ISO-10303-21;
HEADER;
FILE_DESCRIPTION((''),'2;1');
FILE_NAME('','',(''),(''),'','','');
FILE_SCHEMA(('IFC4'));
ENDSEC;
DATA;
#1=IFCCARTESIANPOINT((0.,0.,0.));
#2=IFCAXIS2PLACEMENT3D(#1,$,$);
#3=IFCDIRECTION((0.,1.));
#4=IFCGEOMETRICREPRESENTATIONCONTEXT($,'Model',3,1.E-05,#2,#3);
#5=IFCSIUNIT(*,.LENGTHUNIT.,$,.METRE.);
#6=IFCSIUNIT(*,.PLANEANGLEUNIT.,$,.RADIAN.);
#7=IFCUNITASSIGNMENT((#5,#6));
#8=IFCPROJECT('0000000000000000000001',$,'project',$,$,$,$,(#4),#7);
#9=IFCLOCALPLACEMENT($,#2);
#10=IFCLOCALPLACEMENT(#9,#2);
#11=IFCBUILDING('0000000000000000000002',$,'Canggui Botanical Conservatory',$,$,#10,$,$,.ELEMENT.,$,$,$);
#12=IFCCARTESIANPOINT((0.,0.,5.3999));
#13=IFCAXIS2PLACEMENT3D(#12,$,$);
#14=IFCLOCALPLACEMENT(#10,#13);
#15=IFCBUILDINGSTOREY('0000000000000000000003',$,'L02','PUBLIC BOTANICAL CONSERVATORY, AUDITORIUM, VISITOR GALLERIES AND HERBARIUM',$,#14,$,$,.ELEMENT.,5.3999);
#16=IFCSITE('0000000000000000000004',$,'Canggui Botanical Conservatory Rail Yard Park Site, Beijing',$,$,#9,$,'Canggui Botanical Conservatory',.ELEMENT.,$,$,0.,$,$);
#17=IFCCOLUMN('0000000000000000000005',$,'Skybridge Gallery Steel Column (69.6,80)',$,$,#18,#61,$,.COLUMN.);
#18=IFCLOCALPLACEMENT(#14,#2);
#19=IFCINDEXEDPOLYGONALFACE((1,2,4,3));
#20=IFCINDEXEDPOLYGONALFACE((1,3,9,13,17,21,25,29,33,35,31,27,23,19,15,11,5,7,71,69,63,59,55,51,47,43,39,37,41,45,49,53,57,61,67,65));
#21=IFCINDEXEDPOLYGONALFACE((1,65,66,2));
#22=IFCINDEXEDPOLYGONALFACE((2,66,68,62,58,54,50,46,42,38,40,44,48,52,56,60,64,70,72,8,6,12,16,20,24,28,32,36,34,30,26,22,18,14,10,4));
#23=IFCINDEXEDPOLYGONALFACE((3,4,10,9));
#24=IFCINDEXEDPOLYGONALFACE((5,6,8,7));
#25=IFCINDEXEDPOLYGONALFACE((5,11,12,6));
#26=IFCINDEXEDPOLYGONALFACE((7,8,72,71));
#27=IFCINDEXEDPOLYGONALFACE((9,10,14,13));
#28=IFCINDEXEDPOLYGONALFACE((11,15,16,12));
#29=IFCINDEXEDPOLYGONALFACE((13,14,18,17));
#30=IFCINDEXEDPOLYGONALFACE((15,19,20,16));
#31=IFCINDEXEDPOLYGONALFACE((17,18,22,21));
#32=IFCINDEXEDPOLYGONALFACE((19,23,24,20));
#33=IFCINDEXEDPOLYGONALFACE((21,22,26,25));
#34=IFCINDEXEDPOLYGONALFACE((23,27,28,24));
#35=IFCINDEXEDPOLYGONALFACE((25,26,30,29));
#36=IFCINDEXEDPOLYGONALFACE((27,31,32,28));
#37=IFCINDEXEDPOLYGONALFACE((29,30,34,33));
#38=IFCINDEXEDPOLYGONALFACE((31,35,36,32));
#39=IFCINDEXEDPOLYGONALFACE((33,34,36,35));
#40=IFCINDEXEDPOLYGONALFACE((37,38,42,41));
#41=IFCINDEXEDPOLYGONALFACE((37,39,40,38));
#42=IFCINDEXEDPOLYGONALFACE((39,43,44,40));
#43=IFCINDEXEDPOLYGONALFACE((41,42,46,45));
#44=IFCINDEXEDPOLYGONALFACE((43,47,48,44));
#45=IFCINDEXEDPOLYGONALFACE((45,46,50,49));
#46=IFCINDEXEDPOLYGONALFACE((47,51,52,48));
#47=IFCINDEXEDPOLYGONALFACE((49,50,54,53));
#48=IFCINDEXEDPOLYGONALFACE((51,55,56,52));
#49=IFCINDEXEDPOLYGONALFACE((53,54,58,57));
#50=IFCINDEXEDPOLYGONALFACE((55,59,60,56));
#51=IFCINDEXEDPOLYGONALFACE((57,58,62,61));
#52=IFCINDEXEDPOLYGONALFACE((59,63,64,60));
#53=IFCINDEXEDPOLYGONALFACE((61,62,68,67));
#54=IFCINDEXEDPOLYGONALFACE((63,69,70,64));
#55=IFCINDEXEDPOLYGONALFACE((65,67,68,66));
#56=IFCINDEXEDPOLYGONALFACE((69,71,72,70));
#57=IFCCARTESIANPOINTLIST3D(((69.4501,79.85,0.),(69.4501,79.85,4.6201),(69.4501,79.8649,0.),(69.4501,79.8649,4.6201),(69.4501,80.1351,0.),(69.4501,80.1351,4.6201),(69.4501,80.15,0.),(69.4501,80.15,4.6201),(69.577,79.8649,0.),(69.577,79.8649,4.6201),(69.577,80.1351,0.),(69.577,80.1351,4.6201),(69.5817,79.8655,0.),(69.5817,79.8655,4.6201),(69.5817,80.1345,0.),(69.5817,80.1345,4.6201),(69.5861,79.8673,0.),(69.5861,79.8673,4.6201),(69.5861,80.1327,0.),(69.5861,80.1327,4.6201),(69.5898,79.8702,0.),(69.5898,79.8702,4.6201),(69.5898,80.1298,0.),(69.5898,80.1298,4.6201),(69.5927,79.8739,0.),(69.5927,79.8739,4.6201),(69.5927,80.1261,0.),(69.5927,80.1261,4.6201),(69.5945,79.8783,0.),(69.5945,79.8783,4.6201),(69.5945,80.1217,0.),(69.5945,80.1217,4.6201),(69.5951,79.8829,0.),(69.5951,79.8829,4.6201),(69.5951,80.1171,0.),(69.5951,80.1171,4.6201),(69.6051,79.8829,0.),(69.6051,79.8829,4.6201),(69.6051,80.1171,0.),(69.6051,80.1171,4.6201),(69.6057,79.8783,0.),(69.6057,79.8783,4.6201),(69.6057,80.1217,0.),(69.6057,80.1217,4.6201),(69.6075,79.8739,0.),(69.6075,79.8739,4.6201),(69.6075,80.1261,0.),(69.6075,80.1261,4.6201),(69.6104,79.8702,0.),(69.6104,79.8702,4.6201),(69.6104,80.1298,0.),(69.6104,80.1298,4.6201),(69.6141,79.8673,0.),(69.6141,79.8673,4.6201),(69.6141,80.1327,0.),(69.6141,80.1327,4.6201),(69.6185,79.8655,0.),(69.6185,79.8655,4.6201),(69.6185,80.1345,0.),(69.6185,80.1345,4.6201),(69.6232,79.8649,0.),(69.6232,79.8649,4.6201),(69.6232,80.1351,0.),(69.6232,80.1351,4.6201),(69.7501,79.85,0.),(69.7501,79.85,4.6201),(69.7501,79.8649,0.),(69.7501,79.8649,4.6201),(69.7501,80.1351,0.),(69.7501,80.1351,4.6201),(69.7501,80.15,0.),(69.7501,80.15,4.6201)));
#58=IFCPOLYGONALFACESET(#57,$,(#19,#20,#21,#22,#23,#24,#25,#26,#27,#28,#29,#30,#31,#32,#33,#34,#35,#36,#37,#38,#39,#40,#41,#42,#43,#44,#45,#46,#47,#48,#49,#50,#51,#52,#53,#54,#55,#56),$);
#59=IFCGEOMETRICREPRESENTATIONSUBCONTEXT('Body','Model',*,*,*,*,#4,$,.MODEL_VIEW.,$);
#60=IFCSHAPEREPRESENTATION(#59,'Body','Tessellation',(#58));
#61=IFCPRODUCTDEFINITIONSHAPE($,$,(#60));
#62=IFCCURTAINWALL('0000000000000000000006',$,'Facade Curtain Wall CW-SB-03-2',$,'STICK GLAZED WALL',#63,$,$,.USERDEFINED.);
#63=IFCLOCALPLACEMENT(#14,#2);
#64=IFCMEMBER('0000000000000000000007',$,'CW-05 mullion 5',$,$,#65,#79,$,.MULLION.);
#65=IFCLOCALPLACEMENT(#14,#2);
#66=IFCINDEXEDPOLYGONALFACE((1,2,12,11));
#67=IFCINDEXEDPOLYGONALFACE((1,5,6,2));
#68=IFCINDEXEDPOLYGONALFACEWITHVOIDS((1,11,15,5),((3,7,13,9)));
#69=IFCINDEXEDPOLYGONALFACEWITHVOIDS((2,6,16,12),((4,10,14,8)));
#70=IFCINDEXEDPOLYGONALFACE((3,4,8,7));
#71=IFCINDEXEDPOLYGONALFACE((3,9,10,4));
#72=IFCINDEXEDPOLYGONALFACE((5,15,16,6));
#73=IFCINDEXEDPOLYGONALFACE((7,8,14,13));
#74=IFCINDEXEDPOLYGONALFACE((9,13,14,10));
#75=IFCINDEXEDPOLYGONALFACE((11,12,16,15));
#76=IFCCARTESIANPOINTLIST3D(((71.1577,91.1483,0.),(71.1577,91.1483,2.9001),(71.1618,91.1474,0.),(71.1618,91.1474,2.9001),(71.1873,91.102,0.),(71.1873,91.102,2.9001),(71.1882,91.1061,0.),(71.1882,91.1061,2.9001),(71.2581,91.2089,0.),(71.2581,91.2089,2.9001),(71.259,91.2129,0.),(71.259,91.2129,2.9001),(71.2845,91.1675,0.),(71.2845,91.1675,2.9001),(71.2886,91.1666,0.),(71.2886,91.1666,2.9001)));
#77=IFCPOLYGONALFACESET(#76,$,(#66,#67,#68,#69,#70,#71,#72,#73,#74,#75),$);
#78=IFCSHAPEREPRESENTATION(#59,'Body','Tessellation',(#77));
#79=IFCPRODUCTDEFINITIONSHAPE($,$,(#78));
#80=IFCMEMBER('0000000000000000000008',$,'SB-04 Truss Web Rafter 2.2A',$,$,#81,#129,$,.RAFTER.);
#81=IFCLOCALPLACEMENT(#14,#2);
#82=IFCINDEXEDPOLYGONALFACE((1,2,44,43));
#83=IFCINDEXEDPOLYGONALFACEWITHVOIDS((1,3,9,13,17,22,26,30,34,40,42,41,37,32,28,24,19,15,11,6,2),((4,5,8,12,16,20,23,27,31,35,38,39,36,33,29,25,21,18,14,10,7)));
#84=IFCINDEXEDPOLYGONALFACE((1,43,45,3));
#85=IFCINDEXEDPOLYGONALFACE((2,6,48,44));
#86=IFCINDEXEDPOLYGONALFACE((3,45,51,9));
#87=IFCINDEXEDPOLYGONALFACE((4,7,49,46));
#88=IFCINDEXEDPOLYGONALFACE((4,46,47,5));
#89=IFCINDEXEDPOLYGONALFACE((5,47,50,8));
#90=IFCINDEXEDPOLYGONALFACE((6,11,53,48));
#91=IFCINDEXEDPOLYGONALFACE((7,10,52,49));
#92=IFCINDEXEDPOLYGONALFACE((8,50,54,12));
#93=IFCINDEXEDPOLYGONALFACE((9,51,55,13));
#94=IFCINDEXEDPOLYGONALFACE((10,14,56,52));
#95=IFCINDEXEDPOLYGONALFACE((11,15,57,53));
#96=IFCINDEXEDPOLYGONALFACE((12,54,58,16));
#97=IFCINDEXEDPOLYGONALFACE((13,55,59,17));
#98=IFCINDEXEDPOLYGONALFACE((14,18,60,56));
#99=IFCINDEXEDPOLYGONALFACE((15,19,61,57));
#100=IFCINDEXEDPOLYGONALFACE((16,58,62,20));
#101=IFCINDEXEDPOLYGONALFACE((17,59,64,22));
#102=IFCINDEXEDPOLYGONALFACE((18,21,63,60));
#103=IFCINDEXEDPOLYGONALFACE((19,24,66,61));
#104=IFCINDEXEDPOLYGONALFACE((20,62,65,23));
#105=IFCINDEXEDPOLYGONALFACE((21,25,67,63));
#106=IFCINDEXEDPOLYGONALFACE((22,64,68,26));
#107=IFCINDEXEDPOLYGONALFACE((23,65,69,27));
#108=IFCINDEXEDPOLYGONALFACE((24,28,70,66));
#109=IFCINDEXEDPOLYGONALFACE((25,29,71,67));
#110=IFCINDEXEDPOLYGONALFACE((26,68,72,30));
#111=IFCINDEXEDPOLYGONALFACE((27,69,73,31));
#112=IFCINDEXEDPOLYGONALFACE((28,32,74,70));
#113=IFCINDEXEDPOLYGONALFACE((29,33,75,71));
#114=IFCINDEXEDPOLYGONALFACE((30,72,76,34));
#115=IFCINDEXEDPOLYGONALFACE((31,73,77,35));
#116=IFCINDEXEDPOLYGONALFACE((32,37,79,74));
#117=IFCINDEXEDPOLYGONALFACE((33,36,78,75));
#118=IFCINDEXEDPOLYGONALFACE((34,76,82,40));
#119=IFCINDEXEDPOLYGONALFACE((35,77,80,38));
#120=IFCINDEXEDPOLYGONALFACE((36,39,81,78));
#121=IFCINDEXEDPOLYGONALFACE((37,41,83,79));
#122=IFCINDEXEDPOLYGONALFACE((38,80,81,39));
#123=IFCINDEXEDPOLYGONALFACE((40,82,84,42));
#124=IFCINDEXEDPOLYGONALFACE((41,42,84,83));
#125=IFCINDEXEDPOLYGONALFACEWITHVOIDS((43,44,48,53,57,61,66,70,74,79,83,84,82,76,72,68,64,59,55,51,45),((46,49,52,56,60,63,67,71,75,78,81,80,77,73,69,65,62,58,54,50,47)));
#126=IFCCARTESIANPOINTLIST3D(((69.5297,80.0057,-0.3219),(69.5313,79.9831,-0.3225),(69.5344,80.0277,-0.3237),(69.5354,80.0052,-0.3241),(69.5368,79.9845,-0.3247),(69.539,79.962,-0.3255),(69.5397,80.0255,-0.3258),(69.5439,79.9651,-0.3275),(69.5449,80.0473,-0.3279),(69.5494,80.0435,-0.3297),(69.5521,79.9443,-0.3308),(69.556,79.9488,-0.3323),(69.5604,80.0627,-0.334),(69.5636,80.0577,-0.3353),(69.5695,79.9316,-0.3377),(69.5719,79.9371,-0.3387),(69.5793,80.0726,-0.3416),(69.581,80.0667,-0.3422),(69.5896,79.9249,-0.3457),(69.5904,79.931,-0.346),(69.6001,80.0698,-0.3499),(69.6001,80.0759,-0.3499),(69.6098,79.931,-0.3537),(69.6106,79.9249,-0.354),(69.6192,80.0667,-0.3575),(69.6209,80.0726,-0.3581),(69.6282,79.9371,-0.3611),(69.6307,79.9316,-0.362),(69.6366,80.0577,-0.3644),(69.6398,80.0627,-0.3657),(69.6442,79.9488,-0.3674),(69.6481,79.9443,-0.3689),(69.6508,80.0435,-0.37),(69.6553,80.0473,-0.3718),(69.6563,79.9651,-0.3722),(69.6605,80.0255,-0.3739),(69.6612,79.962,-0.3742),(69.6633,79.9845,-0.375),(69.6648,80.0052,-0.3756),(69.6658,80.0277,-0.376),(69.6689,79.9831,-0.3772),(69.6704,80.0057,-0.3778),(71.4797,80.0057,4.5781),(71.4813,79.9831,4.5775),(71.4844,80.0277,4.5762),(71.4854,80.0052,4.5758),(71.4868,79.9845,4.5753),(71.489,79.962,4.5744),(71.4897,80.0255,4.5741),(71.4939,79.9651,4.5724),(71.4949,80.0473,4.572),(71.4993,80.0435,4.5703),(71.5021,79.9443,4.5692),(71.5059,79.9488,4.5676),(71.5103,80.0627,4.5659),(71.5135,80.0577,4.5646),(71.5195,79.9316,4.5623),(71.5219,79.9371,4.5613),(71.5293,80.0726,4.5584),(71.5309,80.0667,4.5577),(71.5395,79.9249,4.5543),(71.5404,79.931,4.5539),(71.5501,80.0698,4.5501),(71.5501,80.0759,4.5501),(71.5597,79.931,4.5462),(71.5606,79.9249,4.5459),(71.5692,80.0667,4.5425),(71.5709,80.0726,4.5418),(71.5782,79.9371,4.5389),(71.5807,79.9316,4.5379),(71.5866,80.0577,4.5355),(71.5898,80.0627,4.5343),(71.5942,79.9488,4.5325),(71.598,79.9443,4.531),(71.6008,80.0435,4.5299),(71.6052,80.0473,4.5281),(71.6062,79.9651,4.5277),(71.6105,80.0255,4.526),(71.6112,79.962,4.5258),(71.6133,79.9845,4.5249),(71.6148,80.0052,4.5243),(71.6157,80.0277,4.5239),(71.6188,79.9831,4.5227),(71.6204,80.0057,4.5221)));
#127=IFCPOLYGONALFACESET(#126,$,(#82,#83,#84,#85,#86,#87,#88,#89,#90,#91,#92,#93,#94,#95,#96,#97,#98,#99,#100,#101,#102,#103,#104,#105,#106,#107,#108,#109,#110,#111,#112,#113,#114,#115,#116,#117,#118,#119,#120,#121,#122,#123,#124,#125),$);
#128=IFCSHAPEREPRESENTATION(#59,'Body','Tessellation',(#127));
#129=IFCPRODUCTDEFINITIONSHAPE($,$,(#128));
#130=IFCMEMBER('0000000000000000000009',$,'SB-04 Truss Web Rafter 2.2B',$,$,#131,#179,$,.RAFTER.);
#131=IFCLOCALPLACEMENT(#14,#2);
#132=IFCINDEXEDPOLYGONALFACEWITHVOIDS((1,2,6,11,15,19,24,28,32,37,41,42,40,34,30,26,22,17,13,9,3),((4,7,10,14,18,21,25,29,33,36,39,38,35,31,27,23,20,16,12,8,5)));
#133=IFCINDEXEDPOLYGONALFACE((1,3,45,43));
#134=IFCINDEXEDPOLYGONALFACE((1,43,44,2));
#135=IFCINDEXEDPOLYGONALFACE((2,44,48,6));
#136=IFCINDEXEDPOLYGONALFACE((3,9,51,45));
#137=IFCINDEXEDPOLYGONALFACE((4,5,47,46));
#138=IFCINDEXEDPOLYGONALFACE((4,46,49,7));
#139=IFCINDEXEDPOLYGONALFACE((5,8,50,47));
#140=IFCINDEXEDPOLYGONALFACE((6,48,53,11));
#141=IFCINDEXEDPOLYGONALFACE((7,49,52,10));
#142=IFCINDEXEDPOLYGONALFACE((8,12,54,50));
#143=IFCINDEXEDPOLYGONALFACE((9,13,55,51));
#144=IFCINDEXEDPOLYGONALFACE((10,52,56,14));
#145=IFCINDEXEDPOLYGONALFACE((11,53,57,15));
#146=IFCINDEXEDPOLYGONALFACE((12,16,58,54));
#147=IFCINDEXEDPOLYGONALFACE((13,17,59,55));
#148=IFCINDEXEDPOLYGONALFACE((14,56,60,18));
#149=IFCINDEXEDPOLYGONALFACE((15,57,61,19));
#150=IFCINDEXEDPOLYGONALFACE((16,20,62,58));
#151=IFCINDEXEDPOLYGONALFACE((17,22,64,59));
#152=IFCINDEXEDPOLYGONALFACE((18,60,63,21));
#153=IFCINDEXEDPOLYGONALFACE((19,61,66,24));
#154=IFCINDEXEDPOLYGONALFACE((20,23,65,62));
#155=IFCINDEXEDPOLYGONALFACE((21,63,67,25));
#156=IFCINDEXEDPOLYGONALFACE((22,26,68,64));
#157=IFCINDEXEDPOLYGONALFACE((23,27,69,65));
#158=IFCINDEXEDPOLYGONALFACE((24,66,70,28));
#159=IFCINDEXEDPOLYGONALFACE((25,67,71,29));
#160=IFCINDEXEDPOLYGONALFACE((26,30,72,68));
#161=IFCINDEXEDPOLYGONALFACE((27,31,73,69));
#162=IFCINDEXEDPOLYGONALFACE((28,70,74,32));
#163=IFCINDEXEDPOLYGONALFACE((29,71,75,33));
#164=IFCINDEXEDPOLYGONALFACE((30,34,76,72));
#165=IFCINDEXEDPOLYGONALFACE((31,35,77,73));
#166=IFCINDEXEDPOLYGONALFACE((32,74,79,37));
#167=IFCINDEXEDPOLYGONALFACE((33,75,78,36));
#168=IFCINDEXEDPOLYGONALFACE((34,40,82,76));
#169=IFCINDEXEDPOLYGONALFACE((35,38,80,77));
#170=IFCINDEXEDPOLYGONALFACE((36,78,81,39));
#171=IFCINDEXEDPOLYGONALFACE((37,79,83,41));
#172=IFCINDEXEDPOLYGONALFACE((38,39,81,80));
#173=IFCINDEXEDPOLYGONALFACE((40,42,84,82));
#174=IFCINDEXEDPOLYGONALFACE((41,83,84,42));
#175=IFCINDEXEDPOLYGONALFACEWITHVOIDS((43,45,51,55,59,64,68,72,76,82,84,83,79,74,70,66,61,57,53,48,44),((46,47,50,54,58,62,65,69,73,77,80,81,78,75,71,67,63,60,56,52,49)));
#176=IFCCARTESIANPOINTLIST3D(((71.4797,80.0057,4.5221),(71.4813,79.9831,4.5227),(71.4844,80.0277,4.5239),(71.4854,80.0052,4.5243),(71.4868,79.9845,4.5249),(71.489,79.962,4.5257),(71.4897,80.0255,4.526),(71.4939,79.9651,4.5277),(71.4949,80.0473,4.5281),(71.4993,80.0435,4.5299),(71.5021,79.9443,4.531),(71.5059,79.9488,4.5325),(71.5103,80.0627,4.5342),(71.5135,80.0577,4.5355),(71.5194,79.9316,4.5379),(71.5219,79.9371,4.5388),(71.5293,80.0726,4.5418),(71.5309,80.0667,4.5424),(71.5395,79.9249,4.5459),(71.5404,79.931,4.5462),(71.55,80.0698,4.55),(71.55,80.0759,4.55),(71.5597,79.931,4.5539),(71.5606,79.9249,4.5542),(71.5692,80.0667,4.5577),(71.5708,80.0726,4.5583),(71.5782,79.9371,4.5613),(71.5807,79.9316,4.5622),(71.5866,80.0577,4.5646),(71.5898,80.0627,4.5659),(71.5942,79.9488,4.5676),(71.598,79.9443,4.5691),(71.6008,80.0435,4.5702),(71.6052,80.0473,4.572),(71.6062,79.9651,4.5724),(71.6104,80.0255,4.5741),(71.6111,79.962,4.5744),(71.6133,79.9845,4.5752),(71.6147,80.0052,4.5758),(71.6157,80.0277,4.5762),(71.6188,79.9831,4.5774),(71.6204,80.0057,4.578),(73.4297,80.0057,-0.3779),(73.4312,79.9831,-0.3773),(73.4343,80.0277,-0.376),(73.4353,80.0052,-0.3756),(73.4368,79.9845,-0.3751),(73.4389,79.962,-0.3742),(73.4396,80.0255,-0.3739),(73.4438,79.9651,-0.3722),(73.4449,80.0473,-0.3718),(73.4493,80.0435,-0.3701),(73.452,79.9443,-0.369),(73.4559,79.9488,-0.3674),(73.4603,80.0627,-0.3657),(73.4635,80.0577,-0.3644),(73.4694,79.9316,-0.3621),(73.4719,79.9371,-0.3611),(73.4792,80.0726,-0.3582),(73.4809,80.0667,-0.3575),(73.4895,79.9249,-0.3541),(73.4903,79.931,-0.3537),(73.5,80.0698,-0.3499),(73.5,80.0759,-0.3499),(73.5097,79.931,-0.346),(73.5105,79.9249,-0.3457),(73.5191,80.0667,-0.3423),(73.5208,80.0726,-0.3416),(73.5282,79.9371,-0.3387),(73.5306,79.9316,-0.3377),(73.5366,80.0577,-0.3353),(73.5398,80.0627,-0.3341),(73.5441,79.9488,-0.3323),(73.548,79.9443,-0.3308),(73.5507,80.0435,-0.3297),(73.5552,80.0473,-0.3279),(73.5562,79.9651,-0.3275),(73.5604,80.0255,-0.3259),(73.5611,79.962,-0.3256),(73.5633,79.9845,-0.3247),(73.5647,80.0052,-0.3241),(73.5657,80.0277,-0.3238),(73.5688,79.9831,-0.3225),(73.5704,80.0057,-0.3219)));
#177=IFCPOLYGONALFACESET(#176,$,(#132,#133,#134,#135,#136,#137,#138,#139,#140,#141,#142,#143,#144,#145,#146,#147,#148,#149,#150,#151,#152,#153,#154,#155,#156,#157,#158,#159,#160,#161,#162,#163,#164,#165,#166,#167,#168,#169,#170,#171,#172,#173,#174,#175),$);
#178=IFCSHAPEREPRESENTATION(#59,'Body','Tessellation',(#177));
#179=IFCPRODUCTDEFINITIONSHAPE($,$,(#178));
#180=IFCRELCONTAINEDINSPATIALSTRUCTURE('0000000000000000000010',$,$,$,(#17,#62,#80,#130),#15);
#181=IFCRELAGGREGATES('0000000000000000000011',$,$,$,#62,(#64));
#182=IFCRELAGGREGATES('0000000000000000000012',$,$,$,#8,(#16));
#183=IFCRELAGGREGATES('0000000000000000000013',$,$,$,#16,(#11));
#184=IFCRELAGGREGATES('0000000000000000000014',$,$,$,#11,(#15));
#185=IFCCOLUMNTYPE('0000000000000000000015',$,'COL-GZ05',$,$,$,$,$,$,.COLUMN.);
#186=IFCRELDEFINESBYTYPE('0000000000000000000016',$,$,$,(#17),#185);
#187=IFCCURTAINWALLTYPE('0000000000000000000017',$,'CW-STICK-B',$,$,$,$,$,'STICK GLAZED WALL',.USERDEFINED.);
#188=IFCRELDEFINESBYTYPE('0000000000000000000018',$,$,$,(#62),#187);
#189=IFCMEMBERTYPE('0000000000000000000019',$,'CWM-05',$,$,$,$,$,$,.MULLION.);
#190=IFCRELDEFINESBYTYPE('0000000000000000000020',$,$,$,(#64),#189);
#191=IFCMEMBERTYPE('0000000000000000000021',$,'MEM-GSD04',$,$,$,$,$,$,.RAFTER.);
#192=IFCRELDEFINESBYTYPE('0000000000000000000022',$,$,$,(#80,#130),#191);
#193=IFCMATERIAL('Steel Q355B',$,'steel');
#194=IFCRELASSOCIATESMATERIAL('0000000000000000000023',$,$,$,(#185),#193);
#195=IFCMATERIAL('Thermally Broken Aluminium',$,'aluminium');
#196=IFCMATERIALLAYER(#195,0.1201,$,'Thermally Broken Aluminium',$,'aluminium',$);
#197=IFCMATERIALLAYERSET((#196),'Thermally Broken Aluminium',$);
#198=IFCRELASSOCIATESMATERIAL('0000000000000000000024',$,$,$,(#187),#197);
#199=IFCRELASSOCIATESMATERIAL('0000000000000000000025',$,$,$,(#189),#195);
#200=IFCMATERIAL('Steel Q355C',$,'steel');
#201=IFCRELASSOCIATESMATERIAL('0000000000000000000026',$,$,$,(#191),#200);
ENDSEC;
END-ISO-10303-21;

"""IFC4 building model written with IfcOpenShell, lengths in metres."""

from ifc_helpers import new_model, si_unit, direction, frame, origin, origin_2d, place, context, subcontext, project, spatial, hollow_rectangle, hollow_circle, i_section, extrude, material, layer, layer_set, material_profile, profile_set, type_object, element, aggregate, save


model = new_model("IFC4")

# Units and contexts
model_context = context("Model", 3, precision=1e-05, world=origin(), true_north=direction((0.0, 1.0)))
body_context = subcontext(model_context, "Body", "Model", "MODEL_VIEW")
ifc_project = project(units=[si_unit("LENGTHUNIT", "METRE"), si_unit("PLANEANGLEUNIT", "RADIAN")], contexts=[model_context])

# Site, building, storey
site_placement = place(None, origin())
site = spatial("IfcSite", under=ifc_project, at=site_placement, Name="Canggui Botanical Conservatory Rail Yard Park Site, Beijing", LongName="Canggui Botanical Conservatory", CompositionType="ELEMENT", RefElevation=0.0)
building_placement = place(site_placement, origin())
building = spatial("IfcBuilding", under=site, at=building_placement, Name="Canggui Botanical Conservatory", CompositionType="ELEMENT")
storey_placement = place(building_placement, frame((0.0, 0.0, 5.3999)))
storey = spatial("IfcBuildingStorey", under=building, at=storey_placement, Name="L02", Description="PUBLIC BOTANICAL CONSERVATORY, AUDITORIUM, VISITOR GALLERIES AND HERBARIUM", CompositionType="ELEMENT", Elevation=5.3999)

# Column
ifc_material_1 = material(Name="Steel Q355B", Category="steel")
ifc_material_profile_1 = material_profile(ifc_material_1, i_section(OverallWidth=0.3, OverallDepth=0.3, WebThickness=0.01, FlangeThickness=0.0149, FilletRadius=0.0181, at=origin_2d()), Name="HW 300x300x10x15")
ifc_profile_set_1 = profile_set([ifc_material_profile_1], Name="Steel Q355B")
column_type_1 = type_object("IfcColumnType", Name="COL-GZ05", PredefinedType="COLUMN", material=ifc_profile_set_1)
for number, where, z_axis, x_axis, name in (
    (1, (69.6001, 80.0, 0.0), (0.0, 0.0, 1.0), (1.0, 0.0, 0.0), "Skybridge Gallery Steel Column (69.6,80)"),
):
    element("IfcColumn", number, at=place(storey_placement, frame(where, z_axis=z_axis, x_axis=x_axis)), inside=storey, type_object=column_type_1, Name=name, PredefinedType="COLUMN", context=body_context, shape_type="SweptSolid", body=[
        extrude(i_section(OverallWidth=0.3, OverallDepth=0.3, WebThickness=0.01, FlangeThickness=0.0149, FilletRadius=0.0181, at=origin_2d()), origin(), (0.0, 0.0, 1.0), 4.6201),
    ])

# Curtain wall, member
ifc_material_2 = material(Name="Thermally Broken Aluminium", Category="aluminium")
ifc_layer_1 = layer(ifc_material_2, 0.1201, Name="Thermally Broken Aluminium", Category="aluminium")
ifc_layer_set_1 = layer_set([ifc_layer_1], Name="Thermally Broken Aluminium")
curtain_wall_type = type_object("IfcCurtainWallType", Name="CW-STICK-B", ElementType="STICK GLAZED WALL", PredefinedType="USERDEFINED", material=ifc_layer_set_1)
curtain_wall_placement = place(storey_placement, origin())
curtain_wall = element("IfcCurtainWall", 2, at=curtain_wall_placement, inside=storey, type_object=curtain_wall_type, Name="Facade Curtain Wall CW-SB-03-2", ObjectType="STICK GLAZED WALL", PredefinedType="USERDEFINED")
ifc_material_profile_2 = material_profile(ifc_material_2, hollow_rectangle(XDim=0.0549, YDim=0.1201, WallThickness=0.0029, at=origin_2d()), Name="CWM 55x120x3")
ifc_profile_set_2 = profile_set([ifc_material_profile_2], Name="Thermally Broken Aluminium")
member_type_1 = type_object("IfcMemberType", Name="CWM-05", PredefinedType="MULLION", material=ifc_profile_set_2)
member_1_placement = place(storey_placement, frame((71.2231, 91.1575, 0.0), z_axis=(0.0, 0.0, 1.0), x_axis=(-0.5376, 0.8432, 0.0)))
member_1 = element("IfcMember", 3, at=member_1_placement, type_object=member_type_1, Name="CW-05 mullion 5", PredefinedType="MULLION", context=body_context, shape_type="SweptSolid", body=[
    extrude(hollow_rectangle(XDim=0.0549, YDim=0.1201, WallThickness=0.0029, at=origin_2d()), origin(), (0.0, 0.0, 1.0), 2.9001),
])

# Members
ifc_material_3 = material(Name="Steel Q355C", Category="steel")
ifc_material_profile_3 = material_profile(ifc_material_3, hollow_circle(Radius=0.0759, WallThickness=0.0061, at=origin_2d()), Name="CHS 152x6")
ifc_profile_set_3 = profile_set([ifc_material_profile_3], Name="Steel Q355C")
member_type_2 = type_object("IfcMemberType", Name="MEM-GSD04", PredefinedType="RAFTER", material=ifc_profile_set_3)
for number, where, z_axis, x_axis, name in (
    (4, (69.6001, 80.0, -0.3499), (0.369754, 0.0, 0.92913), (0.0, 1.0, 0.0), "SB-04 Truss Web Rafter 2.2A"),
    (5, (71.55, 80.0, 4.55), (0.369754, 0.0, -0.92913), (0.0, 1.0, 0.0), "SB-04 Truss Web Rafter 2.2B"),
):
    element("IfcMember", number, at=place(storey_placement, frame(where, z_axis=z_axis, x_axis=x_axis)), inside=storey, type_object=member_type_2, Name=name, PredefinedType="RAFTER", context=body_context, shape_type="SweptSolid", body=[
        extrude(hollow_circle(Radius=0.0759, WallThickness=0.0061, at=origin_2d()), origin(), (0.0, 0.0, 1.0), 5.2737),
    ])

aggregate(curtain_wall, [member_1])

save(model, "model.ifc")
